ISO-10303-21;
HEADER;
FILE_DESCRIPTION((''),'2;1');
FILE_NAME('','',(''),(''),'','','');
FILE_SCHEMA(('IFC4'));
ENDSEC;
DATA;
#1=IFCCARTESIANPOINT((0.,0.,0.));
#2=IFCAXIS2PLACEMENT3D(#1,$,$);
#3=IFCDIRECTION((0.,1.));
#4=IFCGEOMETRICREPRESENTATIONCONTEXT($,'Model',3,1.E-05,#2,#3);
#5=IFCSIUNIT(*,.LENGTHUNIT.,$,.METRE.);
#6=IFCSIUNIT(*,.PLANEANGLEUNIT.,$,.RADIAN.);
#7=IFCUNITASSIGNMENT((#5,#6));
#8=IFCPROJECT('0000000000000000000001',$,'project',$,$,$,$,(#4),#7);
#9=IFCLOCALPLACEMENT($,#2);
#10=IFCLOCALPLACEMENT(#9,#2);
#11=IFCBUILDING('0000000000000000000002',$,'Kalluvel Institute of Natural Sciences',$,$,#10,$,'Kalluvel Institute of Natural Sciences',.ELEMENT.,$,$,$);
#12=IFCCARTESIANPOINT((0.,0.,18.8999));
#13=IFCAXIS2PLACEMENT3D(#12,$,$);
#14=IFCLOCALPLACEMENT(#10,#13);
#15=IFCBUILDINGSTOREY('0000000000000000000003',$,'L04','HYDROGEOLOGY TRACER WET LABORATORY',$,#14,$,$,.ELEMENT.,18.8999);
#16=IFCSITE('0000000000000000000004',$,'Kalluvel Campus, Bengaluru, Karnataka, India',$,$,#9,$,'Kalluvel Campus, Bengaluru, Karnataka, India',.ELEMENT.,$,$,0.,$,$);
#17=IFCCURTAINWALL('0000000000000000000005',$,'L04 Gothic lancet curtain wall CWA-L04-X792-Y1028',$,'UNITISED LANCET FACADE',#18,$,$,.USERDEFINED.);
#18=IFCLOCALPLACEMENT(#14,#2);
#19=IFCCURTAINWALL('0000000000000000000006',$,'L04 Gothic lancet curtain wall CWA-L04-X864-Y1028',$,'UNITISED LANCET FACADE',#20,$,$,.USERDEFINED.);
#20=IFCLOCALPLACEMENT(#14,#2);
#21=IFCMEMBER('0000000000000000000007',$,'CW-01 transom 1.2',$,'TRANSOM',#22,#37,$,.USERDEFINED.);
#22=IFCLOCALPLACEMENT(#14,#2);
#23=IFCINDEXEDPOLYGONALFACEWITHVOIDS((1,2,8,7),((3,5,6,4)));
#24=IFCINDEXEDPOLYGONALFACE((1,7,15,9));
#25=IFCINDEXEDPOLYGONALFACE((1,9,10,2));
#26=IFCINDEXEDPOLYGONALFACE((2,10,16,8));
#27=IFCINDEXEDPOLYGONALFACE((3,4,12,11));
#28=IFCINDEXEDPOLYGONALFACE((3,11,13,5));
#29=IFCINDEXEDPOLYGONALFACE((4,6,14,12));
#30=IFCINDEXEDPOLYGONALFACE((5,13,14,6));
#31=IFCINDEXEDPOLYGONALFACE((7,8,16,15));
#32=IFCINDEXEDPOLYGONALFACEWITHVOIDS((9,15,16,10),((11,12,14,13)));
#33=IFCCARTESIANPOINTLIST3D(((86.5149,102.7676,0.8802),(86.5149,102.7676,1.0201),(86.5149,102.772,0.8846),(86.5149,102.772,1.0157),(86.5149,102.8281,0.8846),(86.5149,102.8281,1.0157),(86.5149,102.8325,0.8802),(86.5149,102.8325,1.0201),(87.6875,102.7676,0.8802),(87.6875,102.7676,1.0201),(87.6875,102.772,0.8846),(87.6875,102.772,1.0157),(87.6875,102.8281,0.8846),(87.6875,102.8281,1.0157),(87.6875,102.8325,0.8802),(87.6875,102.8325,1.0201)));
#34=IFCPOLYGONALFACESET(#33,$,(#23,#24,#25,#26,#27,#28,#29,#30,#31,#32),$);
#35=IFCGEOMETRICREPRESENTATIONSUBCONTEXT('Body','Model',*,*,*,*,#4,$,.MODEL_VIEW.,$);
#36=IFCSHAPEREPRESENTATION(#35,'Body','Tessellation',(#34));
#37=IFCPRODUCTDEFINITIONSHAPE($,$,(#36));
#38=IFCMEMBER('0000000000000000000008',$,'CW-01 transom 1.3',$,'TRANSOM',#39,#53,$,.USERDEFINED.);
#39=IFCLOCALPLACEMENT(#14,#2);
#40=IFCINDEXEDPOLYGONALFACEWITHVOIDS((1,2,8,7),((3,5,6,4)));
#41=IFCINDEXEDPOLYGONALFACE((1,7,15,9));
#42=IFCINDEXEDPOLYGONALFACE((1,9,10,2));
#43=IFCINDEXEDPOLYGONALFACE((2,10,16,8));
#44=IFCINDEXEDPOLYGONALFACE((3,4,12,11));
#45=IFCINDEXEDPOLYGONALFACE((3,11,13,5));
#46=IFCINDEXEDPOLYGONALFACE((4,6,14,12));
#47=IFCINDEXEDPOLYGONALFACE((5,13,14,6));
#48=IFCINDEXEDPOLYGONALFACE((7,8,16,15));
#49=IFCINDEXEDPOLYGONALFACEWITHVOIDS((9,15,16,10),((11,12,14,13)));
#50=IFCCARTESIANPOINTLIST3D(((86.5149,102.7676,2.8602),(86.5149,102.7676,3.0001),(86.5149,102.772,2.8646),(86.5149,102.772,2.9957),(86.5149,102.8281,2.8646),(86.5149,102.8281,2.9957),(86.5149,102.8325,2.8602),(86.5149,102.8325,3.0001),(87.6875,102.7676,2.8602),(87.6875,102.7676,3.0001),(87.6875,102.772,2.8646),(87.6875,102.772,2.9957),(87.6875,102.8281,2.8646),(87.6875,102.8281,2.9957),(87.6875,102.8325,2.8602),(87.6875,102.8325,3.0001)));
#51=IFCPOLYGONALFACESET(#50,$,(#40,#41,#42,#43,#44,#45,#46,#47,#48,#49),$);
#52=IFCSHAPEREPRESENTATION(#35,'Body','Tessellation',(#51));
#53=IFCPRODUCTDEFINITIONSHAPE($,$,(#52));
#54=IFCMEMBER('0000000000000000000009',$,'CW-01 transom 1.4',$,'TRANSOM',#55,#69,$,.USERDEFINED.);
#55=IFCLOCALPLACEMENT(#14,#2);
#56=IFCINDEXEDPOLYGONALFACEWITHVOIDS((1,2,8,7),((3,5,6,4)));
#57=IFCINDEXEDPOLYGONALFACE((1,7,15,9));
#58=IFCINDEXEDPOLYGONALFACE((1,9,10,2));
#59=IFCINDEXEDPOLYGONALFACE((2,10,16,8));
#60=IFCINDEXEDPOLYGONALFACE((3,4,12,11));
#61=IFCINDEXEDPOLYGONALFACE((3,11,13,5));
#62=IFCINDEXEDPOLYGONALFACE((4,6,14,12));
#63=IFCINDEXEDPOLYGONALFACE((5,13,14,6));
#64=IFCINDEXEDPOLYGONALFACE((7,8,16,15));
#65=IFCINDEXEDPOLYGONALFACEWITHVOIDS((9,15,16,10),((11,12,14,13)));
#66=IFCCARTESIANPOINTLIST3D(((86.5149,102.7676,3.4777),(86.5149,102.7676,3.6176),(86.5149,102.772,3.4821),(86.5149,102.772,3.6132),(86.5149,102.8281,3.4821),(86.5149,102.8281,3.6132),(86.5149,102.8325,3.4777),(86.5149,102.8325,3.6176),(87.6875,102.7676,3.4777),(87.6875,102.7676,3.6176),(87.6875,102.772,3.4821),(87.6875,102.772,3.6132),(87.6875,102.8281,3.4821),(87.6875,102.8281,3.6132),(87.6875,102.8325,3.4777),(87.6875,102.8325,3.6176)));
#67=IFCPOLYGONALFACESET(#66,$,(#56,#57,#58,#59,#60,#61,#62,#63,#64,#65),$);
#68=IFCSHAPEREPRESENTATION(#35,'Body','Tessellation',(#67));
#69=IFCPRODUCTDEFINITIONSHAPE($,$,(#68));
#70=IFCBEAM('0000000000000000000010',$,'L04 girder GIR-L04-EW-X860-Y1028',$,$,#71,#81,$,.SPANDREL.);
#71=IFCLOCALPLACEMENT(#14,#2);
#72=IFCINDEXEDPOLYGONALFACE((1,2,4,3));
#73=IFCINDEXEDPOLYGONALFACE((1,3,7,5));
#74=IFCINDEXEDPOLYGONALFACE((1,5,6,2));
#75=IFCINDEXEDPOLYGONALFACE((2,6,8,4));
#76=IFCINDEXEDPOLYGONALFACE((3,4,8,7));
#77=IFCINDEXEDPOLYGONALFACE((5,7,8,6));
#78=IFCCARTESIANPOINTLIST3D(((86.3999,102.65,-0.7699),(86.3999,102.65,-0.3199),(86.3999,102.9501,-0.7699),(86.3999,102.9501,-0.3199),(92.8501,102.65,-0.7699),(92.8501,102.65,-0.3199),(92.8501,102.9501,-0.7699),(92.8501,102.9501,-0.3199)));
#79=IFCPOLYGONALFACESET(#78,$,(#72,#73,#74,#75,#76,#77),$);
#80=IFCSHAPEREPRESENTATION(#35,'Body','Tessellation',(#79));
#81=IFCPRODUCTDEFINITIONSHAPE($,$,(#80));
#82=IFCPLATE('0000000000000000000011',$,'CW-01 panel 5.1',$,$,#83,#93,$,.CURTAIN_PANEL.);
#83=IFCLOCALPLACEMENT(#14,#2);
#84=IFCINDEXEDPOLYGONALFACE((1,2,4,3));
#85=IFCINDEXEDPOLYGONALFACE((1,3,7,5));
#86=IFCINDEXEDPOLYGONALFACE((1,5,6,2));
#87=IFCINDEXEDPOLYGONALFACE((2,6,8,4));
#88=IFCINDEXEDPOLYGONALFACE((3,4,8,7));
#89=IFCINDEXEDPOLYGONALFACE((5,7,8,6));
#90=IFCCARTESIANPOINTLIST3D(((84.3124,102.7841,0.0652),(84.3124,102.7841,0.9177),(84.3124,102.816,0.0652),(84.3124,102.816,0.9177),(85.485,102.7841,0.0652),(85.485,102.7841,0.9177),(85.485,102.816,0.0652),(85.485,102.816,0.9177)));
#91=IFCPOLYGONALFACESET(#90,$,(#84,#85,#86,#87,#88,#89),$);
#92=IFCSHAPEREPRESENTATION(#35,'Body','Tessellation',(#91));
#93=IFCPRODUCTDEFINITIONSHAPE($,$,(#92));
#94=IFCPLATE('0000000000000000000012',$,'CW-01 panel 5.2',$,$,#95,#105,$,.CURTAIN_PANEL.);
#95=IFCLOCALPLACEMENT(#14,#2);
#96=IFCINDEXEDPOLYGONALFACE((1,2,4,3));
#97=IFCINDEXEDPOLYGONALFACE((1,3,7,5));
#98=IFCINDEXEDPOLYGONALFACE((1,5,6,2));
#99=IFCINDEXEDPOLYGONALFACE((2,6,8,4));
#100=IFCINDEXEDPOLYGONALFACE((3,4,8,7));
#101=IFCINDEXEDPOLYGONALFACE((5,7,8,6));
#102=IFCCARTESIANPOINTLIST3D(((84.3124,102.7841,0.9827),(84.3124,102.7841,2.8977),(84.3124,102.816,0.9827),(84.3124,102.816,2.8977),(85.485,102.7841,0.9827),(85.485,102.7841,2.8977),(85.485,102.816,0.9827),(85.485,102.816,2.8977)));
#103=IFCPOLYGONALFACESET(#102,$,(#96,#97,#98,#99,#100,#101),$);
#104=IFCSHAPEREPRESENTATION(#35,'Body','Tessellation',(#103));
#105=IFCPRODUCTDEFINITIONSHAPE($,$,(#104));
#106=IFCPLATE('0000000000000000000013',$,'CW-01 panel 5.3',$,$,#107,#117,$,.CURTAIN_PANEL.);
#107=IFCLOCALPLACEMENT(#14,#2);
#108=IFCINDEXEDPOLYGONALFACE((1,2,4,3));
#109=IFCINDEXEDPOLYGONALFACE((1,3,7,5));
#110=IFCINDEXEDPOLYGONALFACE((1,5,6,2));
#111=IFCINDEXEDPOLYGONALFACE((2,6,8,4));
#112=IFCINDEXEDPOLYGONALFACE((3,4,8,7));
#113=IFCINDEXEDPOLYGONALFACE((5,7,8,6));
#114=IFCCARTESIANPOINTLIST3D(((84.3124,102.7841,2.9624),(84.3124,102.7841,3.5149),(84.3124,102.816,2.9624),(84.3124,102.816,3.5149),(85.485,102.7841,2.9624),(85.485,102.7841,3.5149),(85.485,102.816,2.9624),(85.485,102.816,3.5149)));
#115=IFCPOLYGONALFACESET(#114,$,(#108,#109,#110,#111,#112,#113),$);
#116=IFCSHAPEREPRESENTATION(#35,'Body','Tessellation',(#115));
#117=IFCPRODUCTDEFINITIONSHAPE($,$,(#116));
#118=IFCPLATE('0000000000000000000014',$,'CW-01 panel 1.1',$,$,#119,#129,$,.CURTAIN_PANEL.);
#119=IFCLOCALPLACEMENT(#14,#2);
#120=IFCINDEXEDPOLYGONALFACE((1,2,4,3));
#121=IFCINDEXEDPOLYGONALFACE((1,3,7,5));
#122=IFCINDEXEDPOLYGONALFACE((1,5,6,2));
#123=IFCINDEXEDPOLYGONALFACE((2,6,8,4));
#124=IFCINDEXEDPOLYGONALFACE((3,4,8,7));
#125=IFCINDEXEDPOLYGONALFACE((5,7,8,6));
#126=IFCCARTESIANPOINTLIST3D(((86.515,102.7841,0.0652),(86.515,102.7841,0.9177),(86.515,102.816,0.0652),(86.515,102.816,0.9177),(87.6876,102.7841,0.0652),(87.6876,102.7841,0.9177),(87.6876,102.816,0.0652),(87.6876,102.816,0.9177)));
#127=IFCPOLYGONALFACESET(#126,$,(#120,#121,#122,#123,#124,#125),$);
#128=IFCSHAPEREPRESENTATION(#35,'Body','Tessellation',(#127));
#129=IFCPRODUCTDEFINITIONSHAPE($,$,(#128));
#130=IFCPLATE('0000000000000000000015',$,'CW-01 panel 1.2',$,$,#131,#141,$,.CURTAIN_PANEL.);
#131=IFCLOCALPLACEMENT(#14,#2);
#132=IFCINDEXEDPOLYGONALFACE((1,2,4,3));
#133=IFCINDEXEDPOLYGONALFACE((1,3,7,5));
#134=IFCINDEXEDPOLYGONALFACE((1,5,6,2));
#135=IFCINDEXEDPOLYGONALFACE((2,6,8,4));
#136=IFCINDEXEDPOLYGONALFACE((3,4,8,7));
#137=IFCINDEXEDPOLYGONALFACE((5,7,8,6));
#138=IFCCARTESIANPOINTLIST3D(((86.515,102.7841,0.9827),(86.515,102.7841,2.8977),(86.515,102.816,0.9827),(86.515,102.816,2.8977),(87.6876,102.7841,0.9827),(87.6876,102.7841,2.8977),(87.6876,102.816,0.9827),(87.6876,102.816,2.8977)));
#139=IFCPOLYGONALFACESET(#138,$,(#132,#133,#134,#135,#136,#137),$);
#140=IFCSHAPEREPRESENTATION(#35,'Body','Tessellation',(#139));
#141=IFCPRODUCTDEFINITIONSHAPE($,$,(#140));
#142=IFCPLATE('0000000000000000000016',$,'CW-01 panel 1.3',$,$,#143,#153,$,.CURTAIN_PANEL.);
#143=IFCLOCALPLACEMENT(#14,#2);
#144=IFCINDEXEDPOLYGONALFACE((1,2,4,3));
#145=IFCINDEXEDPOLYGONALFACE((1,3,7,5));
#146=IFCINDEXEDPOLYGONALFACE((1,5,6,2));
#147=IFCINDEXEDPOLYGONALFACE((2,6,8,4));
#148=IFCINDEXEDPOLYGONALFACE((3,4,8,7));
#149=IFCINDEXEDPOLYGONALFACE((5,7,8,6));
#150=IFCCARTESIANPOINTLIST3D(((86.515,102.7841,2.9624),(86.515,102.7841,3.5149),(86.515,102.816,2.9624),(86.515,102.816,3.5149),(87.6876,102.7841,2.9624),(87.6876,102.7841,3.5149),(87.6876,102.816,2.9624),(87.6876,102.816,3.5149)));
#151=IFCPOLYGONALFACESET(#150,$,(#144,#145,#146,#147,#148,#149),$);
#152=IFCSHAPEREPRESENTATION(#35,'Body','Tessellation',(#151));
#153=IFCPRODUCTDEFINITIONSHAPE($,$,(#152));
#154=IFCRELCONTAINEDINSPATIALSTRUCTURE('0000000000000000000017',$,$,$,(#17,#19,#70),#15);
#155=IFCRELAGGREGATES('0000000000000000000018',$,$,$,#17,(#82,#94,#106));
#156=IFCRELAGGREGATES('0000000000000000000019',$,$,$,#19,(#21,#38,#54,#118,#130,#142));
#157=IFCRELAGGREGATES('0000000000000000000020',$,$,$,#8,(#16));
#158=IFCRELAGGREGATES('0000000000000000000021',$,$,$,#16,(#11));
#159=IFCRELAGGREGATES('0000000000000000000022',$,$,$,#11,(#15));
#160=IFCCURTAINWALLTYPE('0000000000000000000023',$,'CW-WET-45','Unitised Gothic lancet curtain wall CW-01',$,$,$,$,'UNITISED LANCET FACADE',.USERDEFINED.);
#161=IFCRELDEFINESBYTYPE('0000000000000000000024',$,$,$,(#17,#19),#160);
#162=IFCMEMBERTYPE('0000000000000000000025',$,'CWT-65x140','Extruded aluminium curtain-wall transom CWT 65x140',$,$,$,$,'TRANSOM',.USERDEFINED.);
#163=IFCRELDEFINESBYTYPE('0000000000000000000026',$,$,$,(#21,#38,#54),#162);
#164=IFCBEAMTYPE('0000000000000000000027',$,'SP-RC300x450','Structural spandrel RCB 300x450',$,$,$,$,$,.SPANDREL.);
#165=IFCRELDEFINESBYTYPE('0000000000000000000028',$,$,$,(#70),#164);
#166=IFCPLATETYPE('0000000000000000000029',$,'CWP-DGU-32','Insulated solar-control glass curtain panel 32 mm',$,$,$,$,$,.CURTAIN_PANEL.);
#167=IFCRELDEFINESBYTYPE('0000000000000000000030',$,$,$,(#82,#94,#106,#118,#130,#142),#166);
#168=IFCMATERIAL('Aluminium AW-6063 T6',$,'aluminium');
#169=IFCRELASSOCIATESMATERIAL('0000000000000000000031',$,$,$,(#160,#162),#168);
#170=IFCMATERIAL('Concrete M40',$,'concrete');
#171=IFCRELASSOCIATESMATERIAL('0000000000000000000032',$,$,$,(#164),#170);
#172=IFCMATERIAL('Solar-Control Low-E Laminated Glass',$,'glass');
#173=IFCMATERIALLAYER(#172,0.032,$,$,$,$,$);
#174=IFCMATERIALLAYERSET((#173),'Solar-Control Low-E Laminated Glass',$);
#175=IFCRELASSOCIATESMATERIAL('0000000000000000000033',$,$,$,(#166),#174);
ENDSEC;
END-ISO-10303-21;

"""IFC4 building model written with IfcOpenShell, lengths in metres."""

from ifc_helpers import new_model, si_unit, direction, frame, origin, origin_2d, place, context, subcontext, project, spatial, rectangle, hollow_rectangle, extrude, material, layer, layer_set, material_profile, profile_set, type_object, element, aggregate, save


model = new_model("IFC4")

# Units and contexts
model_context = context("Model", 3, precision=1e-05, world=origin(), true_north=direction((0.0, 1.0)))
body_context = subcontext(model_context, "Body", "Model", "MODEL_VIEW")
ifc_project = project(units=[si_unit("LENGTHUNIT", "METRE"), si_unit("PLANEANGLEUNIT", "RADIAN")], contexts=[model_context])

# Site, building, storey
site_placement = place(None, origin())
site = spatial("IfcSite", under=ifc_project, at=site_placement, Name="Kalluvel Campus, Bengaluru, Karnataka, India", LongName="Kalluvel Campus, Bengaluru, Karnataka, India", CompositionType="ELEMENT", RefElevation=0.0)
building_placement = place(site_placement, origin())
building = spatial("IfcBuilding", under=site, at=building_placement, Name="Kalluvel Institute of Natural Sciences", LongName="Kalluvel Institute of Natural Sciences", CompositionType="ELEMENT")
storey_placement = place(building_placement, frame((0.0, 0.0, 18.8999)))
storey = spatial("IfcBuildingStorey", under=building, at=storey_placement, Name="L04", Description="HYDROGEOLOGY TRACER WET LABORATORY", CompositionType="ELEMENT", Elevation=18.8999)

# Shared definitions
ifc_material_1 = material(Name="Concrete M40", Category="concrete")

# Curtain wall
ifc_material_2 = material(Name="Aluminium AW-6063 T6", Category="aluminium")
curtain_wall_type = type_object("IfcCurtainWallType", Name="CW-WET-45", Description="Unitised Gothic lancet curtain wall CW-01", ElementType="UNITISED LANCET FACADE", PredefinedType="USERDEFINED", material=ifc_material_2)
curtain_wall_1_placement = place(storey_placement, origin())
curtain_wall_1 = element("IfcCurtainWall", 1, at=curtain_wall_1_placement, inside=storey, type_object=curtain_wall_type, Name="L04 Gothic lancet curtain wall CWA-L04-X792-Y1028", ObjectType="UNITISED LANCET FACADE", PredefinedType="USERDEFINED")

# Curtain wall
curtain_wall_2_placement = place(storey_placement, origin())
curtain_wall_2 = element("IfcCurtainWall", 2, at=curtain_wall_2_placement, inside=storey, type_object=curtain_wall_type, Name="L04 Gothic lancet curtain wall CWA-L04-X864-Y1028", ObjectType="UNITISED LANCET FACADE", PredefinedType="USERDEFINED")

# Members
ifc_material_profile_1 = material_profile(ifc_material_2, hollow_rectangle(XDim=0.0649, YDim=0.1399, WallThickness=0.0044, at=origin_2d()), Name="CWT 65x140")
ifc_profile_set_1 = profile_set([ifc_material_profile_1], Name="Aluminium AW-6063 T6")
member_type_1 = type_object("IfcMemberType", Name="CWT-65x140", Description="Extruded aluminium curtain-wall transom CWT 65x140", ElementType="TRANSOM", PredefinedType="USERDEFINED", material=ifc_profile_set_1)
member_1_placement = place(storey_placement, frame((86.5149, 102.8, 0.9502), z_axis=(1.0, 0.0, 0.0), x_axis=(0.0, 1.0, 0.0)))
member_1 = element("IfcMember", 3, at=member_1_placement, type_object=member_type_1, Name="CW-01 transom 1.2", ObjectType="TRANSOM", PredefinedType="USERDEFINED", context=body_context, shape_type="SweptSolid", body=[
    extrude(hollow_rectangle(XDim=0.0649, YDim=0.1399, WallThickness=0.0044, at=origin_2d()), origin(), (0.0, 0.0, 1.0), 1.1726),
])
member_2_placement = place(storey_placement, frame((86.5149, 102.8, 2.9302), z_axis=(1.0, 0.0, 0.0), x_axis=(0.0, 1.0, 0.0)))
member_2 = element("IfcMember", 4, at=member_2_placement, type_object=member_type_1, Name="CW-01 transom 1.3", ObjectType="TRANSOM", PredefinedType="USERDEFINED", context=body_context, shape_type="SweptSolid", body=[
    extrude(hollow_rectangle(XDim=0.0649, YDim=0.1399, WallThickness=0.0044, at=origin_2d()), origin(), (0.0, 0.0, 1.0), 1.1726),
])
member_3_placement = place(storey_placement, frame((86.5149, 102.8, 3.5476), z_axis=(1.0, 0.0, 0.0), x_axis=(0.0, 1.0, 0.0)))
member_3 = element("IfcMember", 5, at=member_3_placement, type_object=member_type_1, Name="CW-01 transom 1.4", ObjectType="TRANSOM", PredefinedType="USERDEFINED", context=body_context, shape_type="SweptSolid", body=[
    extrude(hollow_rectangle(XDim=0.0649, YDim=0.1399, WallThickness=0.0044, at=origin_2d()), origin(), (0.0, 0.0, 1.0), 1.1726),
])

# Beam
ifc_material_profile_2 = material_profile(ifc_material_1, rectangle(XDim=0.3, YDim=0.45, at=origin_2d()), Name="RCB 300x450")
ifc_profile_set_2 = profile_set([ifc_material_profile_2], Name="Concrete M40")
beam_type_1 = type_object("IfcBeamType", Name="SP-RC300x450", Description="Structural spandrel RCB 300x450", PredefinedType="SPANDREL", material=ifc_profile_set_2)
beam_1_placement = place(storey_placement, frame((86.3999, 102.8, -0.5449), z_axis=(1.0, 0.0, 0.0), x_axis=(0.0, 1.0, 0.0)))
element("IfcBeam", 6, at=beam_1_placement, inside=storey, type_object=beam_type_1, Name="L04 girder GIR-L04-EW-X860-Y1028", PredefinedType="SPANDREL", context=body_context, shape_type="SweptSolid", body=[
    extrude(rectangle(XDim=0.3, YDim=0.45, at=origin_2d()), origin(), (0.0, 0.0, 1.0), 6.4502),
])

# Plates
ifc_material_3 = material(Name="Solar-Control Low-E Laminated Glass", Category="glass")
ifc_layer = layer(ifc_material_3, 0.032)
ifc_layer_set = layer_set([ifc_layer], Name="Solar-Control Low-E Laminated Glass")
plate_type = type_object("IfcPlateType", Name="CWP-DGU-32", Description="Insulated solar-control glass curtain panel 32 mm", PredefinedType="CURTAIN_PANEL", material=ifc_layer_set)
plate_1_placement = place(storey_placement, frame((84.8987, 102.8, 0.0652), z_axis=(0.0, 0.0, 1.0), x_axis=(1.0, 0.0, 0.0)))
plate_1 = element("IfcPlate", 7, at=plate_1_placement, type_object=plate_type, Name="CW-01 panel 5.1", PredefinedType="CURTAIN_PANEL", context=body_context, shape_type="SweptSolid", body=[
    extrude(rectangle(XDim=1.1726, YDim=0.032, at=origin_2d()), origin(), (0.0, 0.0, 1.0), 0.8525),
])
plate_2_placement = place(storey_placement, frame((84.8987, 102.8, 0.9827), z_axis=(0.0, 0.0, 1.0), x_axis=(1.0, 0.0, 0.0)))
plate_2 = element("IfcPlate", 8, at=plate_2_placement, type_object=plate_type, Name="CW-01 panel 5.2", PredefinedType="CURTAIN_PANEL", context=body_context, shape_type="SweptSolid", body=[
    extrude(rectangle(XDim=1.1726, YDim=0.032, at=origin_2d()), origin(), (0.0, 0.0, 1.0), 1.915),
])
plate_3_placement = place(storey_placement, frame((84.8987, 102.8, 2.9624), z_axis=(0.0, 0.0, 1.0), x_axis=(1.0, 0.0, 0.0)))
plate_3 = element("IfcPlate", 9, at=plate_3_placement, type_object=plate_type, Name="CW-01 panel 5.3", PredefinedType="CURTAIN_PANEL", context=body_context, shape_type="SweptSolid", body=[
    extrude(rectangle(XDim=1.1726, YDim=0.032, at=origin_2d()), origin(), (0.0, 0.0, 1.0), 0.5525),
])
aggregate(curtain_wall_1, [plate_1, plate_2, plate_3])
plate_4_placement = place(storey_placement, frame((87.1013, 102.8, 0.0652), z_axis=(0.0, 0.0, 1.0), x_axis=(1.0, 0.0, 0.0)))
plate_4 = element("IfcPlate", 10, at=plate_4_placement, type_object=plate_type, Name="CW-01 panel 1.1", PredefinedType="CURTAIN_PANEL", context=body_context, shape_type="SweptSolid", body=[
    extrude(rectangle(XDim=1.1726, YDim=0.032, at=origin_2d()), origin(), (0.0, 0.0, 1.0), 0.8525),
])
plate_5_placement = place(storey_placement, frame((87.1013, 102.8, 0.9827), z_axis=(0.0, 0.0, 1.0), x_axis=(1.0, 0.0, 0.0)))
plate_5 = element("IfcPlate", 11, at=plate_5_placement, type_object=plate_type, Name="CW-01 panel 1.2", PredefinedType="CURTAIN_PANEL", context=body_context, shape_type="SweptSolid", body=[
    extrude(rectangle(XDim=1.1726, YDim=0.032, at=origin_2d()), origin(), (0.0, 0.0, 1.0), 1.915),
])
plate_6_placement = place(storey_placement, frame((87.1013, 102.8, 2.9624), z_axis=(0.0, 0.0, 1.0), x_axis=(1.0, 0.0, 0.0)))
plate_6 = element("IfcPlate", 12, at=plate_6_placement, type_object=plate_type, Name="CW-01 panel 1.3", PredefinedType="CURTAIN_PANEL", context=body_context, shape_type="SweptSolid", body=[
    extrude(rectangle(XDim=1.1726, YDim=0.032, at=origin_2d()), origin(), (0.0, 0.0, 1.0), 0.5525),
])
aggregate(curtain_wall_2, [member_1, member_2, member_3, plate_4, plate_5, plate_6])

save(model, "model.ifc")
